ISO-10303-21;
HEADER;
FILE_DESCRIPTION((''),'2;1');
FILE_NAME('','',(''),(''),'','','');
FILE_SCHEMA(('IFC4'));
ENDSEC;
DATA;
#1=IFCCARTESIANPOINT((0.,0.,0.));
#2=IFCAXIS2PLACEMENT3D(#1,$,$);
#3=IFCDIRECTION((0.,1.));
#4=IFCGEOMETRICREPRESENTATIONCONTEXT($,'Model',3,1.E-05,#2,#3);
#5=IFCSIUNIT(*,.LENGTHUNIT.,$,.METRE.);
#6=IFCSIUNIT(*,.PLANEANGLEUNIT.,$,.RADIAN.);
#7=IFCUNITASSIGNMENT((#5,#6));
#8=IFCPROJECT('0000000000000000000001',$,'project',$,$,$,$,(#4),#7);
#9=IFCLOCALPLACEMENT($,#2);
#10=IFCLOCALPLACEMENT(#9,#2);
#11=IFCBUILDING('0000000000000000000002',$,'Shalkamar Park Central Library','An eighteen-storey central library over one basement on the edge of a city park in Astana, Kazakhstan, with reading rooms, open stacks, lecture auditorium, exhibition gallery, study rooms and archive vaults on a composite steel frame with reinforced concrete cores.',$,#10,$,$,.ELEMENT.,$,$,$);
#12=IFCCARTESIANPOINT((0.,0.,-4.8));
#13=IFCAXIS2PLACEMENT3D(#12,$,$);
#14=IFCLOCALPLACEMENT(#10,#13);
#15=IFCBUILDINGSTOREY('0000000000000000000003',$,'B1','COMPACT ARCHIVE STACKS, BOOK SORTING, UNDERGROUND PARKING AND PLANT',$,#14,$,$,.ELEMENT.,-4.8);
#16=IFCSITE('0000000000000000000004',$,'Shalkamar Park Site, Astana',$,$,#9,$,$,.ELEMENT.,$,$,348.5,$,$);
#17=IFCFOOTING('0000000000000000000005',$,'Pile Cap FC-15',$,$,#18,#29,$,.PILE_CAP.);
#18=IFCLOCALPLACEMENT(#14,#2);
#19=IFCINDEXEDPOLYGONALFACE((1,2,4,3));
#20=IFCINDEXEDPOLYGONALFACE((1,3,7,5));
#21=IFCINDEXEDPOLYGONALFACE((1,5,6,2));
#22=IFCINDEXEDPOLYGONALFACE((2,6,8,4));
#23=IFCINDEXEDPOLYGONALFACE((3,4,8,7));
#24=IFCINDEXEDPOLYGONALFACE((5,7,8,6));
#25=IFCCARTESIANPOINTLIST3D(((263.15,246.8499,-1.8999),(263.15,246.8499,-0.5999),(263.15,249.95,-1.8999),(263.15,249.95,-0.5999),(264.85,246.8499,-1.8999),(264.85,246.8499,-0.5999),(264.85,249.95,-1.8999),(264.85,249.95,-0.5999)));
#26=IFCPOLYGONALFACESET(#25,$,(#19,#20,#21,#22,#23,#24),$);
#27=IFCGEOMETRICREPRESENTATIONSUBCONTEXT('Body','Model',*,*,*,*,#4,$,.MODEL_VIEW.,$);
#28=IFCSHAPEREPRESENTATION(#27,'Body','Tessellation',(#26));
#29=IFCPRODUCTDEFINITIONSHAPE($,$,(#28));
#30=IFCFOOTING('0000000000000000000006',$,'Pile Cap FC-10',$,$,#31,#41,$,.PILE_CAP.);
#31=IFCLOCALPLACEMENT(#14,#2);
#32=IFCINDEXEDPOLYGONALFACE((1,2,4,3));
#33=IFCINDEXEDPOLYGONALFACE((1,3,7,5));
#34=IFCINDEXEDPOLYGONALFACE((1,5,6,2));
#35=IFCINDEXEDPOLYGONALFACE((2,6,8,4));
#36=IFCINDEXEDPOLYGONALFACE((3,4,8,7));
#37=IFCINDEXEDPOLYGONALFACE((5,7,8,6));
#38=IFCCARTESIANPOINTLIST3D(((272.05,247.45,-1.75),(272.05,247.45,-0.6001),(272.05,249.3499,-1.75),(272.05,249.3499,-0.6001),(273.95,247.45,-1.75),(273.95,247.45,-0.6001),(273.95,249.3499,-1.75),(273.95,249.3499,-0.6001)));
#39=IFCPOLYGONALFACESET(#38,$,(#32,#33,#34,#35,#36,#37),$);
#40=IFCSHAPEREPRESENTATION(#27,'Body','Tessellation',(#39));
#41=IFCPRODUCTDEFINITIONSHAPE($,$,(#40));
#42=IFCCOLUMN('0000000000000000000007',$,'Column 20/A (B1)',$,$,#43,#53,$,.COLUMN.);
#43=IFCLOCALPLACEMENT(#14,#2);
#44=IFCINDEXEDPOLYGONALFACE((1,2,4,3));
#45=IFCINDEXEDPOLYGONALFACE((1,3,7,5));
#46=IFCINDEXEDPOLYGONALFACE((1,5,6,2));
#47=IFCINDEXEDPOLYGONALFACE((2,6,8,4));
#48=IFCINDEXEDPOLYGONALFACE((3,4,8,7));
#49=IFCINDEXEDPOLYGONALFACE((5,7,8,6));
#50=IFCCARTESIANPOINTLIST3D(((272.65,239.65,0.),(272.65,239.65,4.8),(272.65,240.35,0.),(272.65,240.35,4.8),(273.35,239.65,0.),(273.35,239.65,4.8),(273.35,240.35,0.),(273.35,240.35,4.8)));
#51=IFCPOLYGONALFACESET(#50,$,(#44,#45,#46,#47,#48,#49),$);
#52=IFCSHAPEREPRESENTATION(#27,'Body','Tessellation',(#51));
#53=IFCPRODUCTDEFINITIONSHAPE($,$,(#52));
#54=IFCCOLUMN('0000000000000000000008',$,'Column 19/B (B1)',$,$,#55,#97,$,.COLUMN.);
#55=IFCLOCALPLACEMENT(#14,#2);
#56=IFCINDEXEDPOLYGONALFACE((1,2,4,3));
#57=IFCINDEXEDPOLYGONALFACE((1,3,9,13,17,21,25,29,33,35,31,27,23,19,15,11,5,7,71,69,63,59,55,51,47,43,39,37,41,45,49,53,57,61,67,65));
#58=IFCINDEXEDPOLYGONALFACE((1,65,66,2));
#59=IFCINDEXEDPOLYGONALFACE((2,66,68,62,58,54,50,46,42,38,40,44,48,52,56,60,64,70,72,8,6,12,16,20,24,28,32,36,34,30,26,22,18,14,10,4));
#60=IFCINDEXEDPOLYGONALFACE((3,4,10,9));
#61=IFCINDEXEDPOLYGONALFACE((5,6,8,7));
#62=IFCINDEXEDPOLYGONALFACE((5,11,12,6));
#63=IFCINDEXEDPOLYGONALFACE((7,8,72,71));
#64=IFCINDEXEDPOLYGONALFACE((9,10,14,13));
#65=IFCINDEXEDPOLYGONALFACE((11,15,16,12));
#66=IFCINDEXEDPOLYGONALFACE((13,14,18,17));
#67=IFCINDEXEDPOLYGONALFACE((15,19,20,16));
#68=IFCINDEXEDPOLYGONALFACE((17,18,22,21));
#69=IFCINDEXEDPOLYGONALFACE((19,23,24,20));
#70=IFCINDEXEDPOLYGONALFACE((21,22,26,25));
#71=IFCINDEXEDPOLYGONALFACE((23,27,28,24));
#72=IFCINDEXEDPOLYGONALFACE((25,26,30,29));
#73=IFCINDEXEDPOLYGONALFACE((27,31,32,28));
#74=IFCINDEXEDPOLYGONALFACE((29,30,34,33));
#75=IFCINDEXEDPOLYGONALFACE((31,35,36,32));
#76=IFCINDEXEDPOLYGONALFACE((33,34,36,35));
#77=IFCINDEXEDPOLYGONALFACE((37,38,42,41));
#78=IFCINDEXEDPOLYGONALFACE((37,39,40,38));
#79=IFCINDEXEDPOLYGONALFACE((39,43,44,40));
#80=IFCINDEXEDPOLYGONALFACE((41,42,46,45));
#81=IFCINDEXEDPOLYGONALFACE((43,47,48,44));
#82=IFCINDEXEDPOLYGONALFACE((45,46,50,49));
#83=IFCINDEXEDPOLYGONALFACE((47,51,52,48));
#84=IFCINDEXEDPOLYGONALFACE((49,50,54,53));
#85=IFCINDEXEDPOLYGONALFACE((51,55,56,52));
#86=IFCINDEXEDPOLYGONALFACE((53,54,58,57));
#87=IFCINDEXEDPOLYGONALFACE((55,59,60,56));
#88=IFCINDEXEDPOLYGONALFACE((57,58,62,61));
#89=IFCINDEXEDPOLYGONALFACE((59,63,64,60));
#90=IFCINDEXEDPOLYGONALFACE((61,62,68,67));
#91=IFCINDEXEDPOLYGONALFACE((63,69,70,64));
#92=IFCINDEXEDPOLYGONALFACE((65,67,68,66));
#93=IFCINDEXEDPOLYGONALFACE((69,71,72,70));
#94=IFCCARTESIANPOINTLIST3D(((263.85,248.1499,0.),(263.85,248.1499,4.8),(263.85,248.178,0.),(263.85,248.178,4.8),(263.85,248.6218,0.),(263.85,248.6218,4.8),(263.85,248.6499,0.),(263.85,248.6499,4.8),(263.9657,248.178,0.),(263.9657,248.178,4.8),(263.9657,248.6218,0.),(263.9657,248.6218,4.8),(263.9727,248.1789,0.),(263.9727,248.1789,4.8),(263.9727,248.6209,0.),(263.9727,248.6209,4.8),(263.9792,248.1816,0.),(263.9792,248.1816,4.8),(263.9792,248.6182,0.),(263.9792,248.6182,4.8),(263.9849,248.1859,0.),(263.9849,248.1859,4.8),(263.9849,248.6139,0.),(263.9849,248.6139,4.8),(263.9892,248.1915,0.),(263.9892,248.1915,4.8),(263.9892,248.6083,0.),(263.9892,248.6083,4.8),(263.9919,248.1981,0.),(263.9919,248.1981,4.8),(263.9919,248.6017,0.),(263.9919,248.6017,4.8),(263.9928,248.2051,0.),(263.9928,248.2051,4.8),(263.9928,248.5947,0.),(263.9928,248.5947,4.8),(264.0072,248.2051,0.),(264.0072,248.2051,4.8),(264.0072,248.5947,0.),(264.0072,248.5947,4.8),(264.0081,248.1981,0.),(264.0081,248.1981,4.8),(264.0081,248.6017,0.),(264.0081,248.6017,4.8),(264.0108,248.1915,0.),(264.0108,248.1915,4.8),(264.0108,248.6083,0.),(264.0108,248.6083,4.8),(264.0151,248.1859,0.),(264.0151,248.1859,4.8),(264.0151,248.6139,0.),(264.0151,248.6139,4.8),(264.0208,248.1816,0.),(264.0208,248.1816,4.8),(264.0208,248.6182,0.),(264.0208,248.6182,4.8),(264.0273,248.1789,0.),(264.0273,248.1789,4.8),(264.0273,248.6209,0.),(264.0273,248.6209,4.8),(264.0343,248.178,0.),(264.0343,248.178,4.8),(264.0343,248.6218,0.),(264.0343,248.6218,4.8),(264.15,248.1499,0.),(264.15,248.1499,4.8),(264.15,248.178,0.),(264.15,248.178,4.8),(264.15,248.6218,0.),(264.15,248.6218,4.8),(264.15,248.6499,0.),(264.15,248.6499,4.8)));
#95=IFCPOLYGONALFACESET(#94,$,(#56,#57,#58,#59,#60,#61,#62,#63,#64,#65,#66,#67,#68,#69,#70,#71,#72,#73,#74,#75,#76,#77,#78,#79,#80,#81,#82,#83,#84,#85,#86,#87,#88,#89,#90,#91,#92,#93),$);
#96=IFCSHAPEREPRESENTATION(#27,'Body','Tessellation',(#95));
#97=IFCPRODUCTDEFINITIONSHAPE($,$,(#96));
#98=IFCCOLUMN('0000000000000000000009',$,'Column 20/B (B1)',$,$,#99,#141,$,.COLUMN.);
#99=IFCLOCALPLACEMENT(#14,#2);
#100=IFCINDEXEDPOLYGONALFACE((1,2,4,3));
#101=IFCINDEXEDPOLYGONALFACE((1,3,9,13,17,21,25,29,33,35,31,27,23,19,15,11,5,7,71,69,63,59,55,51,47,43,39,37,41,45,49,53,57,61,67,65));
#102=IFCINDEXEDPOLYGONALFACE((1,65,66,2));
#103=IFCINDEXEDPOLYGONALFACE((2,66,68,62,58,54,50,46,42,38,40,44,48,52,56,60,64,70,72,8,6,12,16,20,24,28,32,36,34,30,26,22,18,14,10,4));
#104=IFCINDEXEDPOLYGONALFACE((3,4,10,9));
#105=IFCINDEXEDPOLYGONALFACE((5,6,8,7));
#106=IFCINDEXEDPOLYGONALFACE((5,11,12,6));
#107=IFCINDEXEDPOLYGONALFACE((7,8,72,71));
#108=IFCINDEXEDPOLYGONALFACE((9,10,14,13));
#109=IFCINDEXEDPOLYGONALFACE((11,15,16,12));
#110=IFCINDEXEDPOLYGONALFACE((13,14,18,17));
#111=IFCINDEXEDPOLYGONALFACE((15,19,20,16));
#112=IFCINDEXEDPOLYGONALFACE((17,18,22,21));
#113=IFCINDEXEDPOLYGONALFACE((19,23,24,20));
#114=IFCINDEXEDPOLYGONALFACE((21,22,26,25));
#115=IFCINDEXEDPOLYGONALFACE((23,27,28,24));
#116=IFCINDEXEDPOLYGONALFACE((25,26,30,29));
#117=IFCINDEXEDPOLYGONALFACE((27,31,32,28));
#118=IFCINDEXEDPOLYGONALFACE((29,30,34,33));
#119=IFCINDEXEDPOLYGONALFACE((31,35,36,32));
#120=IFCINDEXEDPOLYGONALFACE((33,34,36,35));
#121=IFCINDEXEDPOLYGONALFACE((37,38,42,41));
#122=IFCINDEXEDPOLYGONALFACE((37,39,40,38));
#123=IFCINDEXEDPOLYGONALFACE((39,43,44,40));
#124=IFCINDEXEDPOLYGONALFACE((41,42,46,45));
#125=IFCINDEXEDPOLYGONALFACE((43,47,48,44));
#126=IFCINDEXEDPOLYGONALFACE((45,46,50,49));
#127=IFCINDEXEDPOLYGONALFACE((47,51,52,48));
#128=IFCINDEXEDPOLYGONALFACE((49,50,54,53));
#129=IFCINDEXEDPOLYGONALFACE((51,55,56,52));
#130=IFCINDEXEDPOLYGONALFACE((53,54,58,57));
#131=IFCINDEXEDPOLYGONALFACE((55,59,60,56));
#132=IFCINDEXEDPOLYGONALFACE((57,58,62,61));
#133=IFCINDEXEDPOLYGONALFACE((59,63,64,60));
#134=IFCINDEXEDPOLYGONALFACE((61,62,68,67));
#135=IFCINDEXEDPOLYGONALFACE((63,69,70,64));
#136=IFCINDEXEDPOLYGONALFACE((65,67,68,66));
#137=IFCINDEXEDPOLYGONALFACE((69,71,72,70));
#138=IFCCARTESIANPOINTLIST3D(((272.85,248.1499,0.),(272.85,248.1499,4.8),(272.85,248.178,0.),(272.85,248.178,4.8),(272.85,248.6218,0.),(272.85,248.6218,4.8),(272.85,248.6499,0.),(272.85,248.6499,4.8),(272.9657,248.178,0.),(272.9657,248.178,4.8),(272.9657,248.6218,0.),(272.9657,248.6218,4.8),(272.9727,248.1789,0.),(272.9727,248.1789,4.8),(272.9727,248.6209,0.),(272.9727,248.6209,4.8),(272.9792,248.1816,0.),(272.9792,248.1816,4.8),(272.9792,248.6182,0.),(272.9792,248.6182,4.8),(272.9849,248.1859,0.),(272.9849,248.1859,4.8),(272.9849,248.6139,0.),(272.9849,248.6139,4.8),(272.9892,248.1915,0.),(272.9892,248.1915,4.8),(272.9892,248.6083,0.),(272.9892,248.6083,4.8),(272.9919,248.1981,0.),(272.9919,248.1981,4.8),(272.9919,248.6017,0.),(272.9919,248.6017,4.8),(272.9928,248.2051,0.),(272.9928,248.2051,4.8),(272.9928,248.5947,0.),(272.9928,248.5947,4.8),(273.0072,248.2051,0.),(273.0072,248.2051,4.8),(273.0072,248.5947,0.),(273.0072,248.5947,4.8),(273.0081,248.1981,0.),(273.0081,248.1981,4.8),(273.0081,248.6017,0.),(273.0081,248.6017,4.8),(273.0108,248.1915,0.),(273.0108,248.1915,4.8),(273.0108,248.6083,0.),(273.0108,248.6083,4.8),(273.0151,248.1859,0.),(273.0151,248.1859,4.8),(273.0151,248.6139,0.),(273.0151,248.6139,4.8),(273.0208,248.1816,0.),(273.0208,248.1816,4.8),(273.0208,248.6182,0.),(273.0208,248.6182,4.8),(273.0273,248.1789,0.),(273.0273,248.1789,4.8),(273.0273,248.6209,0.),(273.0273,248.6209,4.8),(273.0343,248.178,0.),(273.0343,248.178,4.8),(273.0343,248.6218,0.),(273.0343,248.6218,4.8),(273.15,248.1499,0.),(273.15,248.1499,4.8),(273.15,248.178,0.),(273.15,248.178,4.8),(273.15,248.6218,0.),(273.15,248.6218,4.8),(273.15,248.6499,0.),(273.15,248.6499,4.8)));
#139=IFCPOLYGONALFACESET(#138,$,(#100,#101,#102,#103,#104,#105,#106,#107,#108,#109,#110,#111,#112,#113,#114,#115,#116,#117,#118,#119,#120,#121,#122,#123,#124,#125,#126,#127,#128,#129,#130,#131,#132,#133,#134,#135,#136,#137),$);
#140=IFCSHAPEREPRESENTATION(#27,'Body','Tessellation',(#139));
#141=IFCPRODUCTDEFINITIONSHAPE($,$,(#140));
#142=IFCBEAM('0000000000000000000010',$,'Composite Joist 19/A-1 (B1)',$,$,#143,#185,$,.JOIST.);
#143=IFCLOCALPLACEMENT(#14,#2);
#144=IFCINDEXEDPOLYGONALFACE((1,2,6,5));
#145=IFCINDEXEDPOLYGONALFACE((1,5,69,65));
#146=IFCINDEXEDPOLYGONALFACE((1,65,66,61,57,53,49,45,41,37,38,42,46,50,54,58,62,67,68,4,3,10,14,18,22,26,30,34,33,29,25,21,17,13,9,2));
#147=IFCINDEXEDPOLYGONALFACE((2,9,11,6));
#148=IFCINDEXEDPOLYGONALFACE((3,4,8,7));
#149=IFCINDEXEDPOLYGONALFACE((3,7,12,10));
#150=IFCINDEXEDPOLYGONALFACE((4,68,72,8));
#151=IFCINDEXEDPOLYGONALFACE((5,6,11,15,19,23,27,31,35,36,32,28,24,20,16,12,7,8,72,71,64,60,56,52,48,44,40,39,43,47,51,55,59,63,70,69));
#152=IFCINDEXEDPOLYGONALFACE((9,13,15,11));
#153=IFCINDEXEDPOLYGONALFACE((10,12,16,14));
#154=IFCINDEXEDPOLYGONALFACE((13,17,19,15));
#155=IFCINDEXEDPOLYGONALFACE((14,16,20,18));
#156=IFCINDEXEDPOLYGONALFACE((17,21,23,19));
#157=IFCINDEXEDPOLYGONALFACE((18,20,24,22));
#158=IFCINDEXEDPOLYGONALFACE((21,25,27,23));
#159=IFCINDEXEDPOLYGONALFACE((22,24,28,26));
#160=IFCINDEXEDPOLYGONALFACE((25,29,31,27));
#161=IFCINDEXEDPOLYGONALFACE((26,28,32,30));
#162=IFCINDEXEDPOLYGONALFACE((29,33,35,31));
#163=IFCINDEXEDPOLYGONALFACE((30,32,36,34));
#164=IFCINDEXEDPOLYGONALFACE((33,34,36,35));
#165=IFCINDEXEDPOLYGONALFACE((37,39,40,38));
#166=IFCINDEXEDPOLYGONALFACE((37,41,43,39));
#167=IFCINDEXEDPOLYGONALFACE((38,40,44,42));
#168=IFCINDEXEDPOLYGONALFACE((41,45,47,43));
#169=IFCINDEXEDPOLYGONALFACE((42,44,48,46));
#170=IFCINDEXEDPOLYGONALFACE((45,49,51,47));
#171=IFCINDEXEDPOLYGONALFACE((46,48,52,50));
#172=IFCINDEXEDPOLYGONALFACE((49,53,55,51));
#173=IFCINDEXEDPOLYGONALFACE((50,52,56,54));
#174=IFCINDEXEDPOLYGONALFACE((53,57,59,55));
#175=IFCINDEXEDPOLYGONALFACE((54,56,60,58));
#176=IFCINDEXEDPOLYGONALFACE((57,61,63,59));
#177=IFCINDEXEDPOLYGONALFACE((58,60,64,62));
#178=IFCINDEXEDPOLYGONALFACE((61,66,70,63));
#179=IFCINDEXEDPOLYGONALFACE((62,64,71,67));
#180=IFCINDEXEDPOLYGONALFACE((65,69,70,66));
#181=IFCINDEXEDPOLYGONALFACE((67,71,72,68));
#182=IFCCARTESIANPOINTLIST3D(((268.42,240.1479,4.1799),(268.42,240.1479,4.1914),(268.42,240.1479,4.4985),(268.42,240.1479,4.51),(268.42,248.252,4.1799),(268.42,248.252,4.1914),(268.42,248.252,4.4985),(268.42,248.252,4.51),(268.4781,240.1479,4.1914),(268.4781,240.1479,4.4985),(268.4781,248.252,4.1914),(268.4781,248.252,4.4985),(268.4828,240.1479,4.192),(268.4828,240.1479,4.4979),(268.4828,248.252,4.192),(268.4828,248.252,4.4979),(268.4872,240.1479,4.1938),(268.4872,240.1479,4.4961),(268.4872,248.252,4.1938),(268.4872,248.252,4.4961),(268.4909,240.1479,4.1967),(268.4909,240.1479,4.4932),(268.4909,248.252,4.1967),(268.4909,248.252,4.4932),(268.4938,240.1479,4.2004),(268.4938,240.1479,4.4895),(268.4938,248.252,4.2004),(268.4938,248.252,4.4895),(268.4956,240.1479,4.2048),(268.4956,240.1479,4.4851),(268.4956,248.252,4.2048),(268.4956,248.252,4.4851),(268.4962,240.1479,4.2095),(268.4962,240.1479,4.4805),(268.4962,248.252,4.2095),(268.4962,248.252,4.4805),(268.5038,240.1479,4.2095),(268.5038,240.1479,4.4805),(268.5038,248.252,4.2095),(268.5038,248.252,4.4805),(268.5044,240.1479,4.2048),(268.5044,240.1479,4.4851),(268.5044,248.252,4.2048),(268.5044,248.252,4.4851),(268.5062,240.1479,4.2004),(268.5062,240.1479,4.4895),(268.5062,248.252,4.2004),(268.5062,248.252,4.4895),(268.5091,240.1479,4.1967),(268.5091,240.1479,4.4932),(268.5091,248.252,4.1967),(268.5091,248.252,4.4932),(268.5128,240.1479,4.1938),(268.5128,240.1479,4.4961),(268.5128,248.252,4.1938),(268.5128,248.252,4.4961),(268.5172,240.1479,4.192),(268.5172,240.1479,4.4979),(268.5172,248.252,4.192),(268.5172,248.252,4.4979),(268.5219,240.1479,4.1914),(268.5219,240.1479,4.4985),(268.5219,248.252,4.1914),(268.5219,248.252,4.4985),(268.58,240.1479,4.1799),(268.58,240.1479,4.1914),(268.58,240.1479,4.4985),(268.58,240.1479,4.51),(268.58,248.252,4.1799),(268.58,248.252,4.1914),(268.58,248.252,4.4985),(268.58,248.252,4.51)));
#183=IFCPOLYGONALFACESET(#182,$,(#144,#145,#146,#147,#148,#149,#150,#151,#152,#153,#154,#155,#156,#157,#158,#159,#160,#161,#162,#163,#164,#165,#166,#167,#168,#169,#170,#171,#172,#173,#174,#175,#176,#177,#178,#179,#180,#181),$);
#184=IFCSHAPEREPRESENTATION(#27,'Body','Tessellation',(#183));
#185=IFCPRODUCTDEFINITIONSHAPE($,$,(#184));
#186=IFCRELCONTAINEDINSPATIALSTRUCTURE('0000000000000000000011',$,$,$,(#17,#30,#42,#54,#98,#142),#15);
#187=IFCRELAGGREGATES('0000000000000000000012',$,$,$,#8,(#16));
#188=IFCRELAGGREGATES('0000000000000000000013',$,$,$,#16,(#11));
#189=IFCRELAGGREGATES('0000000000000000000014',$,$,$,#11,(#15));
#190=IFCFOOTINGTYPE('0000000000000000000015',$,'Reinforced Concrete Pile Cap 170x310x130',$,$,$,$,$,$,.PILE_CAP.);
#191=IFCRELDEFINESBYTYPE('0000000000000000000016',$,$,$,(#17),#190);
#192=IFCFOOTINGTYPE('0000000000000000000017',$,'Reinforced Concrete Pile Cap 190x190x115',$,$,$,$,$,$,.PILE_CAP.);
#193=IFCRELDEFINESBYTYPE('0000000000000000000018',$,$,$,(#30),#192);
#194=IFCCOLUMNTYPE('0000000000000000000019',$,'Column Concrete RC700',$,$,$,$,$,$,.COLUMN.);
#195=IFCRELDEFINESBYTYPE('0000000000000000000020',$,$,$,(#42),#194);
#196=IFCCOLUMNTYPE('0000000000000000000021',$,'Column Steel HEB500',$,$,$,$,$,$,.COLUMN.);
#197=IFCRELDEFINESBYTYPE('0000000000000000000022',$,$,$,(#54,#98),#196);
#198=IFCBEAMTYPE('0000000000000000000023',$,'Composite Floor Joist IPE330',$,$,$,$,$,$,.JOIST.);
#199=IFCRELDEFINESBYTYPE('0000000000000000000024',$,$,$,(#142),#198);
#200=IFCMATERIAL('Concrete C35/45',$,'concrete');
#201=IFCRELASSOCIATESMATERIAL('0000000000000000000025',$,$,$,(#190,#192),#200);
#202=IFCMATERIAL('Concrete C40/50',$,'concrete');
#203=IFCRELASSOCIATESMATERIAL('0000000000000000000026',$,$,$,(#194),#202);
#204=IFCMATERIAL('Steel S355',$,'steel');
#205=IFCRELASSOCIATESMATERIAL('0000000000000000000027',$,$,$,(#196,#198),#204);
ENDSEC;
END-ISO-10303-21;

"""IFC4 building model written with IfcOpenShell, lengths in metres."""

from ifc_helpers import new_model, si_unit, direction, frame, origin, origin_2d, place, context, subcontext, project, spatial, rectangle, i_section, extrude, material, material_profile, profile_set, type_object, element, save


model = new_model("IFC4")

# Units and contexts
model_context = context("Model", 3, precision=1e-05, world=origin(), true_north=direction((0.0, 1.0)))
body_context = subcontext(model_context, "Body", "Model", "MODEL_VIEW")
ifc_project = project(units=[si_unit("LENGTHUNIT", "METRE"), si_unit("PLANEANGLEUNIT", "RADIAN")], contexts=[model_context])

# Site, building, storey
site_placement = place(None, origin())
site = spatial("IfcSite", under=ifc_project, at=site_placement, Name="Shalkamar Park Site, Astana", CompositionType="ELEMENT", RefElevation=348.5)
building_placement = place(site_placement, origin())
building = spatial("IfcBuilding", under=site, at=building_placement, Name="Shalkamar Park Central Library", Description="An eighteen-storey central library over one basement on the edge of a city park in Astana, Kazakhstan, with reading rooms, open stacks, lecture auditorium, exhibition gallery, study rooms and archive vaults on a composite steel frame with reinforced concrete cores.", CompositionType="ELEMENT")
storey_placement = place(building_placement, frame((0.0, 0.0, -4.8)))
storey = spatial("IfcBuildingStorey", under=building, at=storey_placement, Name="B1", Description="COMPACT ARCHIVE STACKS, BOOK SORTING, UNDERGROUND PARKING AND PLANT", CompositionType="ELEMENT", Elevation=-4.8)

# Shared definitions
ifc_material_1 = material(Name="Concrete C35/45", Category="concrete")

# Footings
footing_type_1 = type_object("IfcFootingType", Name="Reinforced Concrete Pile Cap 170x310x130", PredefinedType="PILE_CAP", material=ifc_material_1)
footing_1_placement = place(storey_placement, frame((264.0, 248.3999, -1.8999), z_axis=(0.0, 0.0, 1.0), x_axis=(1.0, 0.0, 0.0)))
element("IfcFooting", 1, at=footing_1_placement, inside=storey, type_object=footing_type_1, Name="Pile Cap FC-15", PredefinedType="PILE_CAP", context=body_context, shape_type="SweptSolid", body=[
    extrude(rectangle(XDim=1.7, YDim=3.1001, at=origin_2d()), origin(), (0.0, 0.0, 1.0), 1.3),
])
footing_type_2 = type_object("IfcFootingType", Name="Reinforced Concrete Pile Cap 190x190x115", PredefinedType="PILE_CAP", material=ifc_material_1)
footing_2_placement = place(storey_placement, frame((273.0, 248.3999, -1.75), z_axis=(0.0, 0.0, 1.0), x_axis=(1.0, 0.0, 0.0)))
element("IfcFooting", 2, at=footing_2_placement, inside=storey, type_object=footing_type_2, Name="Pile Cap FC-10", PredefinedType="PILE_CAP", context=body_context, shape_type="SweptSolid", body=[
    extrude(rectangle(XDim=1.8999, YDim=1.8999, at=origin_2d()), origin(), (0.0, 0.0, 1.0), 1.1499),
])

# Columns
ifc_material_2 = material(Name="Concrete C40/50", Category="concrete")
ifc_material_profile_1 = material_profile(ifc_material_2, rectangle(XDim=0.7, YDim=0.7, at=origin_2d()), Name="RC 700x700")
ifc_profile_set_1 = profile_set([ifc_material_profile_1], Name="Concrete C40/50")
column_type_1 = type_object("IfcColumnType", Name="Column Concrete RC700", PredefinedType="COLUMN", material=ifc_profile_set_1)
column_placement = place(storey_placement, frame((273.0, 240.0, 0.0), z_axis=(0.0, 0.0, 1.0), x_axis=(1.0, 0.0, 0.0)))
element("IfcColumn", 3, at=column_placement, inside=storey, type_object=column_type_1, Name="Column 20/A (B1)", PredefinedType="COLUMN", context=body_context, shape_type="SweptSolid", body=[
    extrude(rectangle(XDim=0.7, YDim=0.7, at=origin_2d()), origin(), (0.0, 0.0, 1.0), 4.8),
])
ifc_material_3 = material(Name="Steel S355", Category="steel")
ifc_material_profile_2 = material_profile(ifc_material_3, i_section(OverallWidth=0.3, OverallDepth=0.5, WebThickness=0.0144, FlangeThickness=0.0281, FilletRadius=0.0271, at=origin_2d()), Name="HEB 500")
ifc_profile_set_2 = profile_set([ifc_material_profile_2], Name="Steel S355")
column_type_2 = type_object("IfcColumnType", Name="Column Steel HEB500", PredefinedType="COLUMN", material=ifc_profile_set_2)
for number, where, z_axis, x_axis, name in (
    (4, (264.0, 248.3999, 0.0), (0.0, 0.0, 1.0), (1.0, 0.0, 0.0), "Column 19/B (B1)"),
    (5, (273.0, 248.3999, 0.0), (0.0, 0.0, 1.0), (1.0, 0.0, 0.0), "Column 20/B (B1)"),
):
    element("IfcColumn", number, at=place(storey_placement, frame(where, z_axis=z_axis, x_axis=x_axis)), inside=storey, type_object=column_type_2, Name=name, PredefinedType="COLUMN", context=body_context, shape_type="SweptSolid", body=[
        extrude(i_section(OverallWidth=0.3, OverallDepth=0.5, WebThickness=0.0144, FlangeThickness=0.0281, FilletRadius=0.0271, at=origin_2d()), origin(), (0.0, 0.0, 1.0), 4.8),
    ])

# Beam
ifc_material_profile_3 = material_profile(ifc_material_3, i_section(OverallWidth=0.1599, OverallDepth=0.3301, WebThickness=0.0076, FlangeThickness=0.0115, FilletRadius=0.0181, at=origin_2d()), Name="IPE 330")
ifc_profile_set_3 = profile_set([ifc_material_profile_3], Name="Steel S355")
beam_type_1 = type_object("IfcBeamType", Name="Composite Floor Joist IPE330", PredefinedType="JOIST", material=ifc_profile_set_3)
for number, where, z_axis, x_axis, name in (
    (6, (268.5, 240.1479, 4.345), (0.0, 1.0, 0.0), (-1.0, 0.0, 0.0), "Composite Joist 19/A-1 (B1)"),
):
    element("IfcBeam", number, at=place(storey_placement, frame(where, z_axis=z_axis, x_axis=x_axis)), inside=storey, type_object=beam_type_1, Name=name, PredefinedType="JOIST", context=body_context, shape_type="SweptSolid", body=[
        extrude(i_section(OverallWidth=0.1599, OverallDepth=0.3301, WebThickness=0.0076, FlangeThickness=0.0115, FilletRadius=0.0181, at=origin_2d()), origin(), (0.0, 0.0, 1.0), 8.104),
    ])

save(model, "model.ifc")
